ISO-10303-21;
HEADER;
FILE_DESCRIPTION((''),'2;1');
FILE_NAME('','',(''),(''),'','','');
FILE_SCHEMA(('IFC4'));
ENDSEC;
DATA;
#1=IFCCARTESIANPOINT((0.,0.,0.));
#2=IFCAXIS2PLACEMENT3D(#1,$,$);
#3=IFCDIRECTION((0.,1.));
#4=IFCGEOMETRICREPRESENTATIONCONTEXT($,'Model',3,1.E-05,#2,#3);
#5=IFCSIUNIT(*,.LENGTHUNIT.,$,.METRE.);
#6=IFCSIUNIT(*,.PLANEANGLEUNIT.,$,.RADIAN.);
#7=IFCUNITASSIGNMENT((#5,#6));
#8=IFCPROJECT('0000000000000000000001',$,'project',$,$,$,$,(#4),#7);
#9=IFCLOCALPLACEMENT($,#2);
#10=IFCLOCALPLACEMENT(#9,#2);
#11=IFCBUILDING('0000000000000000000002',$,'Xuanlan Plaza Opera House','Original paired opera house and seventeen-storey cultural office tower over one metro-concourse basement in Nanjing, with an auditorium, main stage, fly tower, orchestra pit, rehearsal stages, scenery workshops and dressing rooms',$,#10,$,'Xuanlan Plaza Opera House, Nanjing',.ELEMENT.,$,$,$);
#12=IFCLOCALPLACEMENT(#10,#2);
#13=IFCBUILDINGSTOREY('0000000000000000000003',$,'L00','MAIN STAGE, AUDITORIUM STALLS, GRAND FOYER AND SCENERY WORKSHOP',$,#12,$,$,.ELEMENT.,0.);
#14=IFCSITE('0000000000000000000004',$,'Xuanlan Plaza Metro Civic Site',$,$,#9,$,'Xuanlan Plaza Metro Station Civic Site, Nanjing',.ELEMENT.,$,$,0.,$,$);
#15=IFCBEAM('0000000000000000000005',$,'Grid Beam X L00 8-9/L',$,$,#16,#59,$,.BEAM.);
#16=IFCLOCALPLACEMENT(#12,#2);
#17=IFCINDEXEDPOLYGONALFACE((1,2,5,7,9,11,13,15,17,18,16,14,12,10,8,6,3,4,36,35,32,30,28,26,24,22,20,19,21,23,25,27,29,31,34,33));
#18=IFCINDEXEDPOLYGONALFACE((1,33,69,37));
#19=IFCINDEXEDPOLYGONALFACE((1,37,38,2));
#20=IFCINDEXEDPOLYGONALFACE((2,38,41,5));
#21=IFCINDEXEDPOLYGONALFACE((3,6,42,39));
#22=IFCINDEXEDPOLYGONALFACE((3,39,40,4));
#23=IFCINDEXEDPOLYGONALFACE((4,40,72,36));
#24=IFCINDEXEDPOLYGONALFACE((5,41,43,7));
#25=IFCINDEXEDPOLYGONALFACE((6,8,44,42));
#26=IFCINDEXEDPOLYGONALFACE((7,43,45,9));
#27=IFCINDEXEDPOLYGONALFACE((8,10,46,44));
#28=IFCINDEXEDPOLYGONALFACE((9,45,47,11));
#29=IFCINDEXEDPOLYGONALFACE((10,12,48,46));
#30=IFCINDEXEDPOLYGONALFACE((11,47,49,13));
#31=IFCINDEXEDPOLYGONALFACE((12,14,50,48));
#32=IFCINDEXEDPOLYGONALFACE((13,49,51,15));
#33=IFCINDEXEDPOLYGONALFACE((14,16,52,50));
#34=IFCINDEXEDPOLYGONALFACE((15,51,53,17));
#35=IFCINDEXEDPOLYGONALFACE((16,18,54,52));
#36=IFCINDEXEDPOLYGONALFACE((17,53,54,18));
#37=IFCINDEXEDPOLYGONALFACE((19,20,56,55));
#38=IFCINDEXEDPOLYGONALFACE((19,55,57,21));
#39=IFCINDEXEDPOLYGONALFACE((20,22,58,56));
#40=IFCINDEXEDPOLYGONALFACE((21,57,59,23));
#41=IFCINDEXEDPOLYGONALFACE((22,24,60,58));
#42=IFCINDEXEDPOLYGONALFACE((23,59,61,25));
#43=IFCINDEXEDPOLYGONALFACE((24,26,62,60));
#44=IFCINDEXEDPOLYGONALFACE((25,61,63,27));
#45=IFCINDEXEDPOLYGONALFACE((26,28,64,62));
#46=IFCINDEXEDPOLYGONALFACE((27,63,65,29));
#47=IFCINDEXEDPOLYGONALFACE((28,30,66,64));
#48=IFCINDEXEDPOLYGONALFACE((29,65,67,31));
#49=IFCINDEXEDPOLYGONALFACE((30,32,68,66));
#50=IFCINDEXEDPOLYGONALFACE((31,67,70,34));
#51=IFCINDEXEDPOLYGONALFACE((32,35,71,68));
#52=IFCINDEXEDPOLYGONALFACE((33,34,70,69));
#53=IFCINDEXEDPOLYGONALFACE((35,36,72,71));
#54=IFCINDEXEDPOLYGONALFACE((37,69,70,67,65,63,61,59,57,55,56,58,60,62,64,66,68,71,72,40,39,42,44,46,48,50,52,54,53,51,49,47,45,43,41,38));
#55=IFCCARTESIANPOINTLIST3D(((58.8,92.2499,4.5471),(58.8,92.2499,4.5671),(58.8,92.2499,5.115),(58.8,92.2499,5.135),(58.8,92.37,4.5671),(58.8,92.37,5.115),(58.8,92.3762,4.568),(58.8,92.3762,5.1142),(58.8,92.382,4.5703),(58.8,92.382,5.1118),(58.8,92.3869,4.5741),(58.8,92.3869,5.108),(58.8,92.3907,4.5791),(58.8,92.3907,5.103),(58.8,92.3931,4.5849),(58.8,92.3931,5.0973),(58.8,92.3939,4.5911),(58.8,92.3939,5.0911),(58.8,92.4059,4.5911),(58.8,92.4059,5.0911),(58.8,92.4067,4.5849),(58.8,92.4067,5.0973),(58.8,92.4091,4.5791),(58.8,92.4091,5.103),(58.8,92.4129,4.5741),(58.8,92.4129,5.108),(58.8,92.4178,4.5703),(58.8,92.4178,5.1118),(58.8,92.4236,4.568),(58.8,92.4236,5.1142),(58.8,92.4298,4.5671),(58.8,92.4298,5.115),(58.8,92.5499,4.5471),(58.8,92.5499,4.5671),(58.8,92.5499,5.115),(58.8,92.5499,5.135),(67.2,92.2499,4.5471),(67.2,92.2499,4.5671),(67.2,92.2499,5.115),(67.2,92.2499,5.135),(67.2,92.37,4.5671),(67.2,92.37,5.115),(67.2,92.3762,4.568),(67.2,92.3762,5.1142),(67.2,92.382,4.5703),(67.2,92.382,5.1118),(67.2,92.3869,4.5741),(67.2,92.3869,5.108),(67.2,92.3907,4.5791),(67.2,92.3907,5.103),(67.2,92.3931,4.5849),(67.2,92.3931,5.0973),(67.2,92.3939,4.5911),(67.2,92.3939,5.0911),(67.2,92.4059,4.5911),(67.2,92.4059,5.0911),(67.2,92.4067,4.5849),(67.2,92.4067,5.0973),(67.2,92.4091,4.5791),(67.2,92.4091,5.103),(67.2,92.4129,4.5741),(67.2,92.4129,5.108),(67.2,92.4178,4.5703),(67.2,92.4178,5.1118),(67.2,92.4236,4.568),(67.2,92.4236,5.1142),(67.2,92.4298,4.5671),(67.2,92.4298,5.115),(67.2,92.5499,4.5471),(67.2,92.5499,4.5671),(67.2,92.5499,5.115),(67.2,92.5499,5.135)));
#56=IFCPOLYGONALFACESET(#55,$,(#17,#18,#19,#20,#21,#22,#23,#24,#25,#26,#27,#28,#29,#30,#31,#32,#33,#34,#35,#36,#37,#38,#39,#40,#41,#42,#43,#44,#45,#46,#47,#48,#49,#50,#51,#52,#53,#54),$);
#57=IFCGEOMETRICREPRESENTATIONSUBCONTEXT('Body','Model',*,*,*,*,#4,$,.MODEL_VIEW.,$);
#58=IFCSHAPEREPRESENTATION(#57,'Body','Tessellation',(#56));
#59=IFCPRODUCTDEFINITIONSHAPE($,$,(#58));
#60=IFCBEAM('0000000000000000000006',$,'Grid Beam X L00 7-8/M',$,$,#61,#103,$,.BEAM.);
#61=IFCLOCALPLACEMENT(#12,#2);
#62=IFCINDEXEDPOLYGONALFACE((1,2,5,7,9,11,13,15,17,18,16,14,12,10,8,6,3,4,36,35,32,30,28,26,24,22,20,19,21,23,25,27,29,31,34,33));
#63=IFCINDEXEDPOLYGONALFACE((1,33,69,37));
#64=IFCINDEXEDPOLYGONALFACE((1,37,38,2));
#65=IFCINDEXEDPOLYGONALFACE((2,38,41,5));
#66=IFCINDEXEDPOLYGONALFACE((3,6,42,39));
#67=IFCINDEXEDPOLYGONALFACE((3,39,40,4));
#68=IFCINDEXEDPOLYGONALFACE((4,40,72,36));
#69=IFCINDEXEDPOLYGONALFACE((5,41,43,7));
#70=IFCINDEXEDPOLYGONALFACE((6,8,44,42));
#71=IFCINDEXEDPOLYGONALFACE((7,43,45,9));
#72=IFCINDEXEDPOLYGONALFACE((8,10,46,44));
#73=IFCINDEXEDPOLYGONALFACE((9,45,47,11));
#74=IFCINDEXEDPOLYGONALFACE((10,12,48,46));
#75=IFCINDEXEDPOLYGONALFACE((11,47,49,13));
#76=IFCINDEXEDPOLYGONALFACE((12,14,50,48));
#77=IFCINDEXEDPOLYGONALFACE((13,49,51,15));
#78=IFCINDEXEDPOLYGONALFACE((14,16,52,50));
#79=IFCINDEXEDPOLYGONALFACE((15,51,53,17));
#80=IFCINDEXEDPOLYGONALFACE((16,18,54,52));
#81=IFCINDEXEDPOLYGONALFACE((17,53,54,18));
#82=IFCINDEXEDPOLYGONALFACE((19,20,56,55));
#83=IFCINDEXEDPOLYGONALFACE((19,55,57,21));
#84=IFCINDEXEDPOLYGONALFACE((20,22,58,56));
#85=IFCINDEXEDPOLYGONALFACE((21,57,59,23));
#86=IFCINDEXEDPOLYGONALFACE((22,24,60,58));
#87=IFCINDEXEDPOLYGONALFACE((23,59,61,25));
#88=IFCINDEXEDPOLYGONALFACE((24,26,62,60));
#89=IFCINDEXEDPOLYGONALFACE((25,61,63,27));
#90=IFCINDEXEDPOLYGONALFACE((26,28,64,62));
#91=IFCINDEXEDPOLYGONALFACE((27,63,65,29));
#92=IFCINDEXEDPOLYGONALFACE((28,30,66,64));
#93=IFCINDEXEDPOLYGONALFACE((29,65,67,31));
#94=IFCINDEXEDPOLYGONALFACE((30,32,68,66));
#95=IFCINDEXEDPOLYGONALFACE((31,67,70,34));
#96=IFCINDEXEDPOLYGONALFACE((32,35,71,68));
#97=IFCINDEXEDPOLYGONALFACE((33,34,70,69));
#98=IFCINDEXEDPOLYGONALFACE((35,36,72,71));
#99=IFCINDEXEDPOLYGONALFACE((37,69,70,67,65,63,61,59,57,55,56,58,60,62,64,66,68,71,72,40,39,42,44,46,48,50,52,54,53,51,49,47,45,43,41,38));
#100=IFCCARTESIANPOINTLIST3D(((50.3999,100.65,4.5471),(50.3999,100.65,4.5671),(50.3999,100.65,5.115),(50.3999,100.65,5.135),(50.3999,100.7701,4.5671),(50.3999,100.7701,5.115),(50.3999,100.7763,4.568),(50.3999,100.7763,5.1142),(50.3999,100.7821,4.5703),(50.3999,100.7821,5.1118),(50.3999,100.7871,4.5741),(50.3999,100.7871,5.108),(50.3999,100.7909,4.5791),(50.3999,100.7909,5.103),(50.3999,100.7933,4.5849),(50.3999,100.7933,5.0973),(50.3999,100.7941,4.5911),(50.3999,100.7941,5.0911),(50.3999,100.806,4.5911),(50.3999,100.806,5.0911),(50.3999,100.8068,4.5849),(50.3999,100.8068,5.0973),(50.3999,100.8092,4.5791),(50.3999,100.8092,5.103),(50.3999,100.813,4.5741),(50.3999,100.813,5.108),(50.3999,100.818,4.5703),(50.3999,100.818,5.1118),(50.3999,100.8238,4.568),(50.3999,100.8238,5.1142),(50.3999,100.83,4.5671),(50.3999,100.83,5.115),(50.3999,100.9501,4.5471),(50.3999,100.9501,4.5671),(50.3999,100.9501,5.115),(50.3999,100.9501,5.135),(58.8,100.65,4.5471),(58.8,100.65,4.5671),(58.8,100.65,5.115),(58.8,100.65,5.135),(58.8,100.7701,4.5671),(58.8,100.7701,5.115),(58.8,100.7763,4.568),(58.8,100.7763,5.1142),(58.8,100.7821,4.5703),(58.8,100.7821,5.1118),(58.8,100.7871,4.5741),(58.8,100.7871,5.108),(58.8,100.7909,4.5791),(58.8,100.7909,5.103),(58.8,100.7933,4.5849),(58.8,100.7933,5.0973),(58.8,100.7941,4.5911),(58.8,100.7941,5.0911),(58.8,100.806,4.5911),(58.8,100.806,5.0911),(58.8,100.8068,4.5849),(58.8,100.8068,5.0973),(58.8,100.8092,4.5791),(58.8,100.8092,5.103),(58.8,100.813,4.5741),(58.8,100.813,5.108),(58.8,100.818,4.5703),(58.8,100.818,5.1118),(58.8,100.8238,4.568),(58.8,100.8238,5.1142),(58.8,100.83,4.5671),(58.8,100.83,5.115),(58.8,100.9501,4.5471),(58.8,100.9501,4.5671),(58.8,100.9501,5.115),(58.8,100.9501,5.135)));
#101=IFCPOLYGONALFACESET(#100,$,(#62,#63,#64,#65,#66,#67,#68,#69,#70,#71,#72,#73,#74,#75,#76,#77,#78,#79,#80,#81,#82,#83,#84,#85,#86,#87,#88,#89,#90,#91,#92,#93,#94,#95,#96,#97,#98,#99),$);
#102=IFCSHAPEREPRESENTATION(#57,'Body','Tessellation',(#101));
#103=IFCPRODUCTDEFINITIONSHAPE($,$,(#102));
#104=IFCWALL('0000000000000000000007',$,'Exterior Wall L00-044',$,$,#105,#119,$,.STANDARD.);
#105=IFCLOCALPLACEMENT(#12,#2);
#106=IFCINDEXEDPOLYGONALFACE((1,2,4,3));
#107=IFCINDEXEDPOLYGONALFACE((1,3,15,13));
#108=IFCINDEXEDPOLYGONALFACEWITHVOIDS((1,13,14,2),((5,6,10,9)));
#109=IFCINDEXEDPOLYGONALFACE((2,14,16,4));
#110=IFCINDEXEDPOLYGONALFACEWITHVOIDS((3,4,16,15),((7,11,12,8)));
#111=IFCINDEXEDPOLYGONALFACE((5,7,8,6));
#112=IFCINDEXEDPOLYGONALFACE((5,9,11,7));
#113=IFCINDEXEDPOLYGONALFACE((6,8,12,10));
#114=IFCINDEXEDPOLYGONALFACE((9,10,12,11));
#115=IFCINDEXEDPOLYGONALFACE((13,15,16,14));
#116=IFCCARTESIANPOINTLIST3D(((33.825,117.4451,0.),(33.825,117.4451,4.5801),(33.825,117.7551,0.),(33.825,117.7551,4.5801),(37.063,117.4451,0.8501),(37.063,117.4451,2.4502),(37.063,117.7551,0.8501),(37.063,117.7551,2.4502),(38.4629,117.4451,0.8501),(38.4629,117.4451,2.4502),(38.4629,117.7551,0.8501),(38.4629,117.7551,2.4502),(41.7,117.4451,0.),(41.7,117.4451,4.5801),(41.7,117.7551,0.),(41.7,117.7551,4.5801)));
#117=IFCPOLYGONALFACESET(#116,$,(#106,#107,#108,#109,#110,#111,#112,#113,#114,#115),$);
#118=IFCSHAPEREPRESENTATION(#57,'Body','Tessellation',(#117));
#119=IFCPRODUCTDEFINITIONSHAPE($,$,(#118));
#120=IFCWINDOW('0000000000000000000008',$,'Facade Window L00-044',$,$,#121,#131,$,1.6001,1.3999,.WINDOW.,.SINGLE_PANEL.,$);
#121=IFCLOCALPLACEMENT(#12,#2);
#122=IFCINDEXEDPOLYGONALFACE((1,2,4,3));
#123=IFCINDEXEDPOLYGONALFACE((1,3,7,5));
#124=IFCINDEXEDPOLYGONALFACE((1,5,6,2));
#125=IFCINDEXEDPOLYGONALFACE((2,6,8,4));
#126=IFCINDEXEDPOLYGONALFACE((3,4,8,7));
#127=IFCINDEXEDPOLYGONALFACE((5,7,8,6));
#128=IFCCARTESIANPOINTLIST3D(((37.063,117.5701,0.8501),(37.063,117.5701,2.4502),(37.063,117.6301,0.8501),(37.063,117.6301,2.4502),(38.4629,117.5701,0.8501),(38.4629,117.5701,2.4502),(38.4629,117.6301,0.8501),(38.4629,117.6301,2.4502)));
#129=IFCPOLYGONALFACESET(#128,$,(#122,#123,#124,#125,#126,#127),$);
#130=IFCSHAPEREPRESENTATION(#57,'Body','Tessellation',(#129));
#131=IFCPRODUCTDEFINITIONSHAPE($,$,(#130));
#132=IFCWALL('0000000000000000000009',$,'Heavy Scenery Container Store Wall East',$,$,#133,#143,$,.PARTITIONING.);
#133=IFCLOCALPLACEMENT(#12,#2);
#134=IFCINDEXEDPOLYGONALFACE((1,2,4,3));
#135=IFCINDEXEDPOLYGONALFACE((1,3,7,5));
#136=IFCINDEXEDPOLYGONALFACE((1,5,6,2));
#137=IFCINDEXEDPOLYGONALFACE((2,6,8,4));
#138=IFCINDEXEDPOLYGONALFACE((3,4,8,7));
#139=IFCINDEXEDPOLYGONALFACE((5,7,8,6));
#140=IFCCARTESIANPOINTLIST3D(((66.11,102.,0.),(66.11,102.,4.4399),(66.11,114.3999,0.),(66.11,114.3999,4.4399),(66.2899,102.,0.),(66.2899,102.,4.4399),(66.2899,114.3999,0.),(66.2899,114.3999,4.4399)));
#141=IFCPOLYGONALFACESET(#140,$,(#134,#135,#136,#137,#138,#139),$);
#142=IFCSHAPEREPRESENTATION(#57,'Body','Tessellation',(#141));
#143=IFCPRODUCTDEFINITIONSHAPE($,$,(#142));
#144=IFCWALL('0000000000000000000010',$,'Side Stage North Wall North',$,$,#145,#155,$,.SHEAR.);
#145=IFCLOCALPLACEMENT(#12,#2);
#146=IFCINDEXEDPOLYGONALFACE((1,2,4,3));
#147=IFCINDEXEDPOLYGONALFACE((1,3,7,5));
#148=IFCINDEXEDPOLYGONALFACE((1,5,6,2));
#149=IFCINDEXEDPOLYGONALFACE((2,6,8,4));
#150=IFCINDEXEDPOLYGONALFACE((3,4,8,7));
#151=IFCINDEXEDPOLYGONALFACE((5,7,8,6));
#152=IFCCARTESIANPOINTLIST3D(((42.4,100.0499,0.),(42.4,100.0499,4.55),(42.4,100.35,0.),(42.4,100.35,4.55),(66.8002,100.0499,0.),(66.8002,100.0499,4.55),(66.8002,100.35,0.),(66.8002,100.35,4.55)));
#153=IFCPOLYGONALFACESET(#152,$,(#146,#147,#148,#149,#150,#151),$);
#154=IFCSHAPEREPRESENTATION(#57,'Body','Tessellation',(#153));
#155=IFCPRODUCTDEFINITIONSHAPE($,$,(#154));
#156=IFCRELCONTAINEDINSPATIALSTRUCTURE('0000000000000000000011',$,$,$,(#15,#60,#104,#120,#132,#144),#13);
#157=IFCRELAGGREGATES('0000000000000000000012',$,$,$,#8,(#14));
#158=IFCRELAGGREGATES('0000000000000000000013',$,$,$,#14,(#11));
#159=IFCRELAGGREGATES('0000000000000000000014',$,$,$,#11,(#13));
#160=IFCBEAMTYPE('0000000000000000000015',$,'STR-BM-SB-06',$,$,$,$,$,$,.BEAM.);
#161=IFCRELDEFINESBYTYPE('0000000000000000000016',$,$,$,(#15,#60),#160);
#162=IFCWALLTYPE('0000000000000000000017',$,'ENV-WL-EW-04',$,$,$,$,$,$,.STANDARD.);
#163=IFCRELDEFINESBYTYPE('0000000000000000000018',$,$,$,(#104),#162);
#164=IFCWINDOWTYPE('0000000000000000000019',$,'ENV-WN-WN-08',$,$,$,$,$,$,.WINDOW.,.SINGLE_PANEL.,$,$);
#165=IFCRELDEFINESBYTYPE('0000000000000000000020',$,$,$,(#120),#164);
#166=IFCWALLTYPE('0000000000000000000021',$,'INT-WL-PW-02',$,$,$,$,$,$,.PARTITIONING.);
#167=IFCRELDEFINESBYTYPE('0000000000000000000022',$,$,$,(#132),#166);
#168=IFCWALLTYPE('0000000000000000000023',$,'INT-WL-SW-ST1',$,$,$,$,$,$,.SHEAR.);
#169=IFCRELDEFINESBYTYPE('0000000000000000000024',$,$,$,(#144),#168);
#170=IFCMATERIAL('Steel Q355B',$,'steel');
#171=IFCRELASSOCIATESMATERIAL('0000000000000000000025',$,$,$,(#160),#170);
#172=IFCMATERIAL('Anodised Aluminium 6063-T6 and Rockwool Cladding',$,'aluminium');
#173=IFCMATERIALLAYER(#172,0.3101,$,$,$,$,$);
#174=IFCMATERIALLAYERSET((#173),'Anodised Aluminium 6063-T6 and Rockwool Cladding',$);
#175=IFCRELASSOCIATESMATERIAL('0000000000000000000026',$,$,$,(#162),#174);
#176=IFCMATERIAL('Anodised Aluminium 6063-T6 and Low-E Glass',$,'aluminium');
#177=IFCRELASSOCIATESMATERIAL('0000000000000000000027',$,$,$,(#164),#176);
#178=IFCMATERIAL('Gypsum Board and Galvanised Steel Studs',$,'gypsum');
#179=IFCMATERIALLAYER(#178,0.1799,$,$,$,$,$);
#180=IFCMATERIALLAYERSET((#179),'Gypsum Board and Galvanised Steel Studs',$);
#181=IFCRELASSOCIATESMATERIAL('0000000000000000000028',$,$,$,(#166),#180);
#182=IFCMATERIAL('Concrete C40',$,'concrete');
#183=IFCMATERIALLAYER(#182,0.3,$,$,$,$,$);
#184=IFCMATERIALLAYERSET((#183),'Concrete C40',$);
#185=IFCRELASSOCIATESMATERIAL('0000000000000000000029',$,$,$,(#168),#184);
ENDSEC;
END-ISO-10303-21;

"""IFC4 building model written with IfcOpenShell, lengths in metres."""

from ifc_helpers import new_model, si_unit, direction, frame, frame_2d, origin, origin_2d, place, context, subcontext, project, spatial, rectangle, i_section, extrude, material, layer, layer_set, material_profile, profile_set, type_object, element, fill, save


model = new_model("IFC4")

# Units and contexts
model_context = context("Model", 3, precision=1e-05, world=origin(), true_north=direction((0.0, 1.0)))
body_context = subcontext(model_context, "Body", "Model", "MODEL_VIEW")
ifc_project = project(units=[si_unit("LENGTHUNIT", "METRE"), si_unit("PLANEANGLEUNIT", "RADIAN")], contexts=[model_context])

# Site, building, storey
site_placement = place(None, origin())
site = spatial("IfcSite", under=ifc_project, at=site_placement, Name="Xuanlan Plaza Metro Civic Site", LongName="Xuanlan Plaza Metro Station Civic Site, Nanjing", CompositionType="ELEMENT", RefElevation=0.0)
building_placement = place(site_placement, origin())
building = spatial("IfcBuilding", under=site, at=building_placement, Name="Xuanlan Plaza Opera House", Description="Original paired opera house and seventeen-storey cultural office tower over one metro-concourse basement in Nanjing, with an auditorium, main stage, fly tower, orchestra pit, rehearsal stages, scenery workshops and dressing rooms", LongName="Xuanlan Plaza Opera House, Nanjing", CompositionType="ELEMENT")
storey_placement = place(building_placement, origin())
storey = spatial("IfcBuildingStorey", under=building, at=storey_placement, Name="L00", Description="MAIN STAGE, AUDITORIUM STALLS, GRAND FOYER AND SCENERY WORKSHOP", CompositionType="ELEMENT", Elevation=0.0)

# Shared definitions
ifc_material_1 = material(Name="Concrete C40", Category="concrete")

# Beams
ifc_material_2 = material(Name="Steel Q355B", Category="steel")
ifc_material_profile_1 = material_profile(ifc_material_2, i_section(OverallWidth=0.3, OverallDepth=0.5879, WebThickness=0.012, FlangeThickness=0.02, FilletRadius=0.0239, at=origin_2d()), Name="HM 588x300x12x20")
ifc_profile_set_1 = profile_set([ifc_material_profile_1], Name="Steel Q355B")
beam_type_1 = type_object("IfcBeamType", Name="STR-BM-SB-06", PredefinedType="BEAM", material=ifc_profile_set_1)
beam_1_placement = place(storey_placement, frame((58.8, 92.3999, 4.8411), z_axis=(1.0, 0.0, 0.0), x_axis=(0.0, 1.0, 0.0)))
element("IfcBeam", 1, at=beam_1_placement, inside=storey, type_object=beam_type_1, Name="Grid Beam X L00 8-9/L", PredefinedType="BEAM", context=body_context, shape_type="SweptSolid", body=[
    extrude(i_section(OverallWidth=0.3, OverallDepth=0.5879, WebThickness=0.012, FlangeThickness=0.02, FilletRadius=0.0239, at=origin_2d()), origin(), (0.0, 0.0, 1.0), 8.3999),
])
beam_2_placement = place(storey_placement, frame((50.3999, 100.8, 4.8411), z_axis=(1.0, 0.0, 0.0), x_axis=(0.0, 1.0, 0.0)))
element("IfcBeam", 2, at=beam_2_placement, inside=storey, type_object=beam_type_1, Name="Grid Beam X L00 7-8/M", PredefinedType="BEAM", context=body_context, shape_type="SweptSolid", body=[
    extrude(i_section(OverallWidth=0.3, OverallDepth=0.5879, WebThickness=0.012, FlangeThickness=0.02, FilletRadius=0.0239, at=origin_2d()), origin(), (0.0, 0.0, 1.0), 8.4001),
])

# Wall, opening, window
ifc_material_3 = material(Name="Anodised Aluminium 6063-T6 and Rockwool Cladding", Category="aluminium")
ifc_layer_1 = layer(ifc_material_3, 0.3101)
ifc_layer_set_1 = layer_set([ifc_layer_1], Name="Anodised Aluminium 6063-T6 and Rockwool Cladding")
wall_type_1 = type_object("IfcWallType", Name="ENV-WL-EW-04", PredefinedType="STANDARD", material=ifc_layer_set_1)
wall_1_placement = place(storey_placement, frame((41.7, 117.6001, 0.0), z_axis=(0.0, 0.0, 1.0), x_axis=(-1.0, 0.0, 0.0)))
wall_1 = element("IfcWall", 3, at=wall_1_placement, inside=storey, type_object=wall_type_1, Name="Exterior Wall L00-044", PredefinedType="STANDARD", context=body_context, shape_type="SweptSolid", body=[
    extrude(rectangle(XDim=7.875, YDim=0.3101, at=frame_2d((3.9375, 0.0))), origin(), (0.0, 0.0, 1.0), 4.5801),
])
opening_placement = place(wall_1_placement, frame((3.2371, 0.0, 0.8501)))
opening = element("IfcOpeningElement", 4, at=opening_placement, cuts=wall_1, PredefinedType="OPENING", context=body_context, shape_type="SweptSolid", body=[
    extrude(rectangle(XDim=1.3999, YDim=1.6001, at=frame_2d((0.7, 0.8))), frame((0.0, 0.165, 0.0), z_axis=(0.0, -1.0, 0.0), x_axis=(1.0, 0.0, 0.0)), (0.0, 0.0, 1.0), 0.3301),
])
ifc_material_4 = material(Name="Anodised Aluminium 6063-T6 and Low-E Glass", Category="aluminium")
window_type = type_object("IfcWindowType", Name="ENV-WN-WN-08", PartitioningType="SINGLE_PANEL", PredefinedType="WINDOW", material=ifc_material_4)
window_placement = place(opening_placement, origin())
window = element("IfcWindow", 5, at=window_placement, inside=storey, type_object=window_type, Name="Facade Window L00-044", OverallHeight=1.6001, OverallWidth=1.3999, PartitioningType="SINGLE_PANEL", PredefinedType="WINDOW", context=body_context, shape_type="SweptSolid", body=[
    extrude(rectangle(XDim=1.3999, YDim=1.6001, at=frame_2d((0.7, 0.8))), frame((0.0, 0.03, 0.0), z_axis=(0.0, -1.0, 0.0), x_axis=(1.0, 0.0, 0.0)), (0.0, 0.0, 1.0), 0.0601),
])
fill(opening, window)

# Walls
ifc_material_5 = material(Name="Gypsum Board and Galvanised Steel Studs", Category="gypsum")
ifc_layer_2 = layer(ifc_material_5, 0.1799)
ifc_layer_set_2 = layer_set([ifc_layer_2], Name="Gypsum Board and Galvanised Steel Studs")
wall_type_2 = type_object("IfcWallType", Name="INT-WL-PW-02", PredefinedType="PARTITIONING", material=ifc_layer_set_2)
wall_2_placement = place(storey_placement, frame((66.2, 102.0, 0.0), z_axis=(0.0, 0.0, 1.0), x_axis=(0.0, 1.0, 0.0)))
element("IfcWall", 6, at=wall_2_placement, inside=storey, type_object=wall_type_2, Name="Heavy Scenery Container Store Wall East", PredefinedType="PARTITIONING", context=body_context, shape_type="SweptSolid", body=[
    extrude(rectangle(XDim=12.3999, YDim=0.1799, at=frame_2d((6.2, 0.0))), origin(), (0.0, 0.0, 1.0), 4.4399),
])
ifc_layer_3 = layer(ifc_material_1, 0.3)
ifc_layer_set_3 = layer_set([ifc_layer_3], Name="Concrete C40")
wall_type_3 = type_object("IfcWallType", Name="INT-WL-SW-ST1", PredefinedType="SHEAR", material=ifc_layer_set_3)
wall_3_placement = place(storey_placement, frame((42.3999, 100.2, 0.0), z_axis=(0.0, 0.0, 1.0), x_axis=(1.0, 0.0, 0.0)))
element("IfcWall", 7, at=wall_3_placement, inside=storey, type_object=wall_type_3, Name="Side Stage North Wall North", PredefinedType="SHEAR", context=body_context, shape_type="SweptSolid", body=[
    extrude(rectangle(XDim=24.4001, YDim=0.3, at=frame_2d((12.2002, 0.0))), origin(), (0.0, 0.0, 1.0), 4.55),
])

save(model, "model.ifc")
